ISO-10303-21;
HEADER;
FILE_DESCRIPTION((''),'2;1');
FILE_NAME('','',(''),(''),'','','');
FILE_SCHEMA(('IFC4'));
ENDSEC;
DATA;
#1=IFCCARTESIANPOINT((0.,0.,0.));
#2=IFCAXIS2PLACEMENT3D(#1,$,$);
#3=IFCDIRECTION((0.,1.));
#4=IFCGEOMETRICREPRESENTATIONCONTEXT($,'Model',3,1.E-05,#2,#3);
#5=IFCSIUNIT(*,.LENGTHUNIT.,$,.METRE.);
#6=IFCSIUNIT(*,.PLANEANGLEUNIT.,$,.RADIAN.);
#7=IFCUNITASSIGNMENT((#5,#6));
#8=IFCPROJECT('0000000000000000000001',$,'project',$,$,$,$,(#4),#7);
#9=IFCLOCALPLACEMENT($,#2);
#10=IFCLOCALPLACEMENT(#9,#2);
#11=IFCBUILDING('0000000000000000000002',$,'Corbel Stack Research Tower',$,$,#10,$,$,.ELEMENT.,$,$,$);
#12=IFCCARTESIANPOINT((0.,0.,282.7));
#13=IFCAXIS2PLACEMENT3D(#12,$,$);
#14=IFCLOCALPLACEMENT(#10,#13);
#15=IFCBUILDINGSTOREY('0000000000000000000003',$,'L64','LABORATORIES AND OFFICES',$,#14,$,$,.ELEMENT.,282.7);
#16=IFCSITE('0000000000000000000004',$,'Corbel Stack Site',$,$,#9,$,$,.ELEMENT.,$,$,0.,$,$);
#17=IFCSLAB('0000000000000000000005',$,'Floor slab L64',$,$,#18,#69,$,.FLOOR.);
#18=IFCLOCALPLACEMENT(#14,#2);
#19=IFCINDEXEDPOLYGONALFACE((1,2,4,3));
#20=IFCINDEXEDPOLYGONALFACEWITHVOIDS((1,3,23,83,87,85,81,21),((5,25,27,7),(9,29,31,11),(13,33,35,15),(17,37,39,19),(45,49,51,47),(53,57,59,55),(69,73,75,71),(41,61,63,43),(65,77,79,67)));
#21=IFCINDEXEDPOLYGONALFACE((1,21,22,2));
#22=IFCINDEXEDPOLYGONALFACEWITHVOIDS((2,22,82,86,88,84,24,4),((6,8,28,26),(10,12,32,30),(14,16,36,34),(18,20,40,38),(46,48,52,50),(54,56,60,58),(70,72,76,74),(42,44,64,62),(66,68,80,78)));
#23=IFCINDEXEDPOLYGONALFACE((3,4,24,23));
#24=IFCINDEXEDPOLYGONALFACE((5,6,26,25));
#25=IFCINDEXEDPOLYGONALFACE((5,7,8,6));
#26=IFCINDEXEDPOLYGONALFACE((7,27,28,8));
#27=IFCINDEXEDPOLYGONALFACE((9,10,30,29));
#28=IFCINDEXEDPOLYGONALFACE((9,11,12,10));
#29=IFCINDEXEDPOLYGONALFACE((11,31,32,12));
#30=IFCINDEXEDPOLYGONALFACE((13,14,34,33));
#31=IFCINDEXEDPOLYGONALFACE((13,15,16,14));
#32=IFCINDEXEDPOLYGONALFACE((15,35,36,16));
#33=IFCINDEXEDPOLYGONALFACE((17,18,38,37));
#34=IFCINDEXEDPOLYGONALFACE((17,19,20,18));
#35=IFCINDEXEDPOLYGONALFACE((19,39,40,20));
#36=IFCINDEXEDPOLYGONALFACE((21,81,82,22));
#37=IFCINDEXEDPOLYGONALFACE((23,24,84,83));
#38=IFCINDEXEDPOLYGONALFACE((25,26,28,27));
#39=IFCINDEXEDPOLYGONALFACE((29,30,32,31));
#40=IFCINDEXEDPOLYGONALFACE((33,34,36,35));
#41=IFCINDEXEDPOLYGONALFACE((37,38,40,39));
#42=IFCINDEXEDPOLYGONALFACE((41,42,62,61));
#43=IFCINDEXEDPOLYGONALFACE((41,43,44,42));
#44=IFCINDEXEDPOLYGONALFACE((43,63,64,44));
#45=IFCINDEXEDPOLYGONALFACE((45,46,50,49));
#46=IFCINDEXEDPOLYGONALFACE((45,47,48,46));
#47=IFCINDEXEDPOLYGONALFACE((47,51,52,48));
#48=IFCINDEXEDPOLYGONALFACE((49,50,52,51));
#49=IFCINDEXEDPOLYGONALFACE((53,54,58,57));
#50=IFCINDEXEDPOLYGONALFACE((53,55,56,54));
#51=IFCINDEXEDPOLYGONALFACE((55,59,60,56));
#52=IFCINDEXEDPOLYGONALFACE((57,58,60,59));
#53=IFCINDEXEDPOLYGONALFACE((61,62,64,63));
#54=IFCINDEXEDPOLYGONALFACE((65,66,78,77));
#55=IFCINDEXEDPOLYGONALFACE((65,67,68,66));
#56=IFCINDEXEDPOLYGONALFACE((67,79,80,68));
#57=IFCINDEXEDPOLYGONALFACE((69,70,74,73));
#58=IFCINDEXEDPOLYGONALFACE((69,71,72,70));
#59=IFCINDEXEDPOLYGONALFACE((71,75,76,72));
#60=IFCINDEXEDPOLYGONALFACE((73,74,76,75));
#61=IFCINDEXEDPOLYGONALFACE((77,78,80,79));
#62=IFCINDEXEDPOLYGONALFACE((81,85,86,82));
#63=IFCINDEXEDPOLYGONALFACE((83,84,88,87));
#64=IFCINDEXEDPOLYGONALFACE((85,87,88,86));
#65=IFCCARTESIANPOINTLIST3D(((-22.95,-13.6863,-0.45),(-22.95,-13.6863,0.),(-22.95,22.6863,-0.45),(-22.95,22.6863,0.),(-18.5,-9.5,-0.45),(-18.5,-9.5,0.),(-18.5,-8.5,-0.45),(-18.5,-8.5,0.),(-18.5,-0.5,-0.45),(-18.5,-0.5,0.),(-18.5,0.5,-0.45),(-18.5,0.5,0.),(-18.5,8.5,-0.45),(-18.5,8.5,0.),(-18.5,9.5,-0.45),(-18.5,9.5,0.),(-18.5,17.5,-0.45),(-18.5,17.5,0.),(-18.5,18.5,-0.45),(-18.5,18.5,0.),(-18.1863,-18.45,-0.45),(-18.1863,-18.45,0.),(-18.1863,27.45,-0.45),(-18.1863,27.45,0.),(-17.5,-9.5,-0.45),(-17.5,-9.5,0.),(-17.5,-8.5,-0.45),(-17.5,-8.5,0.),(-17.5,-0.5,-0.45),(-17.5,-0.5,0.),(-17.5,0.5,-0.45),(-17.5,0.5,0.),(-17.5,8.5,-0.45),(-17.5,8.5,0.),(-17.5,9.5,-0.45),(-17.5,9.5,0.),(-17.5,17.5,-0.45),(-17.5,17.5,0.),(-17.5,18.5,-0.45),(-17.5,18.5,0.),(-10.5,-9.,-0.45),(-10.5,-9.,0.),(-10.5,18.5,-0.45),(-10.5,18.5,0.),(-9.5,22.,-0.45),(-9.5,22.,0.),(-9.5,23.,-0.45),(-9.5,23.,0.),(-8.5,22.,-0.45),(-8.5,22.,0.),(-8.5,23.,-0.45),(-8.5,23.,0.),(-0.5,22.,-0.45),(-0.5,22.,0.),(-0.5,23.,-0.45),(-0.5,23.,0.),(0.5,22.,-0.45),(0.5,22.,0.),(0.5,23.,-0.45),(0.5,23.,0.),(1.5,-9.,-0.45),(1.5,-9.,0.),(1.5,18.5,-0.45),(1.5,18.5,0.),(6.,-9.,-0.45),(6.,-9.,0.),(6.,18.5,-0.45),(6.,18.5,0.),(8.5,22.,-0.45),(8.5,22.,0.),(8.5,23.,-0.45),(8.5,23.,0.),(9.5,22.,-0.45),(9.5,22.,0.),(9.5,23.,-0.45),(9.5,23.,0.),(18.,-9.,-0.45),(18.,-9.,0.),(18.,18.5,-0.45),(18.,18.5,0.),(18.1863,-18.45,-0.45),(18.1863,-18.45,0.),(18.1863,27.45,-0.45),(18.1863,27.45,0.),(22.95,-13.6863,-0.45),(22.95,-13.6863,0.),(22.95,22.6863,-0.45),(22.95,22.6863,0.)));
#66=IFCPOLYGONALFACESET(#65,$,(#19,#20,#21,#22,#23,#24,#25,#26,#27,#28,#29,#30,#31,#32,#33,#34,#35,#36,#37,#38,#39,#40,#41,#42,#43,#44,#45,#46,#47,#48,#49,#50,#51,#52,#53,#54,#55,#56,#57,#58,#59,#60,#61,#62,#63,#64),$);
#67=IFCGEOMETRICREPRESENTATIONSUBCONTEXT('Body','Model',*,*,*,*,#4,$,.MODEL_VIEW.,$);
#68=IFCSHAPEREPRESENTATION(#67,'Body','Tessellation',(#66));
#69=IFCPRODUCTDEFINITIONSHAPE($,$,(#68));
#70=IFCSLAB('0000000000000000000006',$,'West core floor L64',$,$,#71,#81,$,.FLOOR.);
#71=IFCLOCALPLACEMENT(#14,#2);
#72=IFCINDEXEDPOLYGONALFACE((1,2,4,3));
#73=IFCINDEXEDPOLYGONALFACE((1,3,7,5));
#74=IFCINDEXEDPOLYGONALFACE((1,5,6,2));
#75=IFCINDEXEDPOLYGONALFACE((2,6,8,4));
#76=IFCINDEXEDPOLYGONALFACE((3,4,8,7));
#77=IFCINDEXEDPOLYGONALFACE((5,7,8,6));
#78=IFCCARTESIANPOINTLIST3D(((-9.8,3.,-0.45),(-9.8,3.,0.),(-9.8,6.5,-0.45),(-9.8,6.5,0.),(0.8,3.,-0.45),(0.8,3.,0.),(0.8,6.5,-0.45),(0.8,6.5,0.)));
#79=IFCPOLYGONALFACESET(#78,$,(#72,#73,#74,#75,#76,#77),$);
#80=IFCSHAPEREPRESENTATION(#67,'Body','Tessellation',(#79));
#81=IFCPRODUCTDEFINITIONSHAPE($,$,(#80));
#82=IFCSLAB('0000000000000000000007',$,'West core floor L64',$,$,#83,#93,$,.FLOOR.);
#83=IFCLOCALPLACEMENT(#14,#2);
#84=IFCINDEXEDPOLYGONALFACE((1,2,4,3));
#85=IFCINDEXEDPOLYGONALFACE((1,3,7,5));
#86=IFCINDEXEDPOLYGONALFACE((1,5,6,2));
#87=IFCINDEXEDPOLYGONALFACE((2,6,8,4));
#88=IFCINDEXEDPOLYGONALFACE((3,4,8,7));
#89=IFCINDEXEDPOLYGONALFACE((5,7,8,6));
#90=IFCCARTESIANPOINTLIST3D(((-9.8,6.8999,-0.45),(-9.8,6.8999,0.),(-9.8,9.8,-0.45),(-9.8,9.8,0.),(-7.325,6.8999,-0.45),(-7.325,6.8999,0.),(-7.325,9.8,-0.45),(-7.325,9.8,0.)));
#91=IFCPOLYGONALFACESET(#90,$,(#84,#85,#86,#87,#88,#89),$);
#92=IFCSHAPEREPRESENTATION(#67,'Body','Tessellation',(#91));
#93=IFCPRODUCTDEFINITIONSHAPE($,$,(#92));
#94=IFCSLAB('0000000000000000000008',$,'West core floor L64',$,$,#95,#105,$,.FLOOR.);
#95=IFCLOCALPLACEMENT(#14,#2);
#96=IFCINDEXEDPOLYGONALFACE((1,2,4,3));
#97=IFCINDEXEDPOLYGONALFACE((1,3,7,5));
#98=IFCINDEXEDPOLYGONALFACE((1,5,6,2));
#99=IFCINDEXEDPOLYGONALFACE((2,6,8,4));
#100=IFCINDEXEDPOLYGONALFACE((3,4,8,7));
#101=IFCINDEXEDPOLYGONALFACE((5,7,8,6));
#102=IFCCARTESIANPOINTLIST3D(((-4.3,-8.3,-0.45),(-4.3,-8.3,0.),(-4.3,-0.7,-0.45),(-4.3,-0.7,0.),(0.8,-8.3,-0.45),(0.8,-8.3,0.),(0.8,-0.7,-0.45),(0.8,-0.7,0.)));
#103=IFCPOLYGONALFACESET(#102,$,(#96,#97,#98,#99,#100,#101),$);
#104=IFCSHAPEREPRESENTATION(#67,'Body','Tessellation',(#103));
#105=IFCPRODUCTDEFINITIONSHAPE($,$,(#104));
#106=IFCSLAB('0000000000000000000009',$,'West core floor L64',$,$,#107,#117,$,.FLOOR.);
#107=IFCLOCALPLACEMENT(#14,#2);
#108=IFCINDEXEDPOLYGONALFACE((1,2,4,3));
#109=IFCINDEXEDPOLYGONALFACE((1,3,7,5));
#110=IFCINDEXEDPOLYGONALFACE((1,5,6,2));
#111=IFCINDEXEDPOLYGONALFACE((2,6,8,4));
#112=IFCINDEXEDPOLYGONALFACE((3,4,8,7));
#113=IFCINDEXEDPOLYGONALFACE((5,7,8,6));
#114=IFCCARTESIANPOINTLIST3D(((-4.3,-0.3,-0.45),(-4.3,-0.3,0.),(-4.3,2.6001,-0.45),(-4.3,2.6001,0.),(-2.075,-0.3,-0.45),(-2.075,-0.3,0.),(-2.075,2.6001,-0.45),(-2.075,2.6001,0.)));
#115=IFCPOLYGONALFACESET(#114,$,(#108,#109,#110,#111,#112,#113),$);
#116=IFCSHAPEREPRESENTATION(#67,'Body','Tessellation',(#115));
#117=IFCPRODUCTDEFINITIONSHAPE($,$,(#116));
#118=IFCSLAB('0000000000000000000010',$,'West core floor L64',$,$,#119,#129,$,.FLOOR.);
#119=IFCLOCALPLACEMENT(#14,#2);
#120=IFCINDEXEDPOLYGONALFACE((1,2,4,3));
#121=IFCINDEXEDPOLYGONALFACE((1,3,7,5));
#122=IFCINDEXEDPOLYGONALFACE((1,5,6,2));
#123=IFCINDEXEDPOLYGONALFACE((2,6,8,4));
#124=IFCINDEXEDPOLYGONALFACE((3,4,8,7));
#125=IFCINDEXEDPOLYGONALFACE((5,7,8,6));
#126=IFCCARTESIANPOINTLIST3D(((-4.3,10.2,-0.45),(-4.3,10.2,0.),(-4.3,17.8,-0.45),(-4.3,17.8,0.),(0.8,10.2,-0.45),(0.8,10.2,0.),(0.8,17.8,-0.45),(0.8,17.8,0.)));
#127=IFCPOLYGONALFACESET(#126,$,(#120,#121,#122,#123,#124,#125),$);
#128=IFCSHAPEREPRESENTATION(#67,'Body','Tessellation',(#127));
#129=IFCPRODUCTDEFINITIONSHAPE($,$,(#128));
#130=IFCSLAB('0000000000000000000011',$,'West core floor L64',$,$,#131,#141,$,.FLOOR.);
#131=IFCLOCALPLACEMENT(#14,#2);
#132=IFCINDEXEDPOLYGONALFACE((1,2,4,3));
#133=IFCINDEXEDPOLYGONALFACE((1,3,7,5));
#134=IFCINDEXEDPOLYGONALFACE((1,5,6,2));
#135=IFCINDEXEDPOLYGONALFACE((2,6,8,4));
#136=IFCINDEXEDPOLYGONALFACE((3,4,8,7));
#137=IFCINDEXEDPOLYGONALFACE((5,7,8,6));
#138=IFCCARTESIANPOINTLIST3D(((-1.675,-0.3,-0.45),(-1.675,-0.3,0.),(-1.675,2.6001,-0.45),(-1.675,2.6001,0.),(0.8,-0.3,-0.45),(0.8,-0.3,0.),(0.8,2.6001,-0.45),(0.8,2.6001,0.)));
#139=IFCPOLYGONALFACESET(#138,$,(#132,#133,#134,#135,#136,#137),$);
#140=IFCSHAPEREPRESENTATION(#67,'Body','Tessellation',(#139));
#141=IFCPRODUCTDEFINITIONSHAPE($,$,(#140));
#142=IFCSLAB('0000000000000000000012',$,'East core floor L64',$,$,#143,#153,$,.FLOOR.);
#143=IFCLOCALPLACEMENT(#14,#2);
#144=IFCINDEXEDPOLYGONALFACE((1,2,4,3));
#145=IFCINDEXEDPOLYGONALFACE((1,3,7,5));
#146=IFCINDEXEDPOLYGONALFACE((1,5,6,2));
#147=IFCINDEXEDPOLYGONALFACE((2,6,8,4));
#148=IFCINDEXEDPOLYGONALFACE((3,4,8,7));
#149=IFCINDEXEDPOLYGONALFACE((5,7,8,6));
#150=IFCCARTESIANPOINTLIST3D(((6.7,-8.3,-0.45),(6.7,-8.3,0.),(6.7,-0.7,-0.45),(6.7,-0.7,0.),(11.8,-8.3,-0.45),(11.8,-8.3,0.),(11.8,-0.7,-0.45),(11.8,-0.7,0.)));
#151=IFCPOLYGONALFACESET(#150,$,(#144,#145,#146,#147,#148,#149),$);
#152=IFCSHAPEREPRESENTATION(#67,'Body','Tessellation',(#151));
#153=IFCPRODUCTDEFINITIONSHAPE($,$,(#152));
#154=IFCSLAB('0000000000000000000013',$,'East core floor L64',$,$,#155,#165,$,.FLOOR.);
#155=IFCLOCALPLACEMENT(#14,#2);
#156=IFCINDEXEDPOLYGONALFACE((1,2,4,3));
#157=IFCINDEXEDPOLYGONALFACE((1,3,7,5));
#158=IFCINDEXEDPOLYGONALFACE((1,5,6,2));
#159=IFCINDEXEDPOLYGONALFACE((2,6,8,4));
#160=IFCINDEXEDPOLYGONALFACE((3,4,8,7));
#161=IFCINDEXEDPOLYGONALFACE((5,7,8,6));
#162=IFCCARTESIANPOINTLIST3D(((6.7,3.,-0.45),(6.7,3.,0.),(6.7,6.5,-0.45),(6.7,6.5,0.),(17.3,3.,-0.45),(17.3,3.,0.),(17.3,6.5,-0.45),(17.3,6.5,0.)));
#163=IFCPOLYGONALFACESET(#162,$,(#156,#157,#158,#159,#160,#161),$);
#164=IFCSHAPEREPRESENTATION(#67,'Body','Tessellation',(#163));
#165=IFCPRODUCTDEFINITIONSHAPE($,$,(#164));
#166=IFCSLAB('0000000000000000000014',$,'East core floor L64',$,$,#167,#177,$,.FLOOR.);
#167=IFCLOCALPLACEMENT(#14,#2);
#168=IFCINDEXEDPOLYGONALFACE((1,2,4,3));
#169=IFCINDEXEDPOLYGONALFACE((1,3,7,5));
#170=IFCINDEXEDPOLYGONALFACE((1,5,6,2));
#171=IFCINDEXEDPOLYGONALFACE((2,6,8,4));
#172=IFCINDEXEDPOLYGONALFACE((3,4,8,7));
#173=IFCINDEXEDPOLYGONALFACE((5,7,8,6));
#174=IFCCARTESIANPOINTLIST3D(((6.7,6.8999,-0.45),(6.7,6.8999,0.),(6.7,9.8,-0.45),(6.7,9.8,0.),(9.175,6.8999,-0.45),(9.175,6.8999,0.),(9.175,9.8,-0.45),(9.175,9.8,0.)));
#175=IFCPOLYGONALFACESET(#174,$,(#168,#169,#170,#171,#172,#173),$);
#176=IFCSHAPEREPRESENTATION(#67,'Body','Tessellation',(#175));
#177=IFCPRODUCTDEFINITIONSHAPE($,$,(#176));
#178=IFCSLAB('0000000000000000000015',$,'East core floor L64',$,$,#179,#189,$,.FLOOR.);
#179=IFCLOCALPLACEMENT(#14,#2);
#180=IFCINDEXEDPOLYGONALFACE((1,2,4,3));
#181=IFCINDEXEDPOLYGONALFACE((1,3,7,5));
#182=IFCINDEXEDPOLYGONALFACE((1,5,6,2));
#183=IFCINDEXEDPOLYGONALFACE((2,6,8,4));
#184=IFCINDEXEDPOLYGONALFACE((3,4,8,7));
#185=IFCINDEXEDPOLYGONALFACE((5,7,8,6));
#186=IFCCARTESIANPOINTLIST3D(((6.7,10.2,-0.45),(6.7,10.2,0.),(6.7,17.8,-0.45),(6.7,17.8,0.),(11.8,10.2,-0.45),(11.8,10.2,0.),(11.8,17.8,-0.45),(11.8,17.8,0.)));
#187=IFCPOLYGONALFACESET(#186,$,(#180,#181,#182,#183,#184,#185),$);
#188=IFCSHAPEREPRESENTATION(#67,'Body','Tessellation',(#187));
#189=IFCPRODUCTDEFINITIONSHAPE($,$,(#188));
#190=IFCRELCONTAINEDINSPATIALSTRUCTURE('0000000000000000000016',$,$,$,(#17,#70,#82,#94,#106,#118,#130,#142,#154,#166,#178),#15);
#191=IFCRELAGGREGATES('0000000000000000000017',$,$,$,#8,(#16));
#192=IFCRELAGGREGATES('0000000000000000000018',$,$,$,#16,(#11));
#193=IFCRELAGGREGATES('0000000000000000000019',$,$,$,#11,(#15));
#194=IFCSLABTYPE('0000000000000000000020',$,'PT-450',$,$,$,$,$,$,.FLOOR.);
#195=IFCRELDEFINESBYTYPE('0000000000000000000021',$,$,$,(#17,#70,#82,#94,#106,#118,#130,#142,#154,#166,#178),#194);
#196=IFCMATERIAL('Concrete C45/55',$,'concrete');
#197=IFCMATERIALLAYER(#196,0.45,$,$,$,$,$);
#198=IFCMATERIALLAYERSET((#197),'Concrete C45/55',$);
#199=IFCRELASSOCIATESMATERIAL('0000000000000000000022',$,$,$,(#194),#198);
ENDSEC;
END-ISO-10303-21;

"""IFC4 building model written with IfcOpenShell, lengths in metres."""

from ifc_helpers import new_model, si_unit, direction, frame, origin, place, context, subcontext, project, spatial, polyline, outline, extrude, material, layer, layer_set, type_object, element, save


model = new_model("IFC4")

# Units and contexts
model_context = context("Model", 3, precision=1e-05, world=origin(), true_north=direction((0.0, 1.0)))
body_context = subcontext(model_context, "Body", "Model", "MODEL_VIEW")
ifc_project = project(units=[si_unit("LENGTHUNIT", "METRE"), si_unit("PLANEANGLEUNIT", "RADIAN")], contexts=[model_context])

# Site, building, storey
site_placement = place(None, origin())
site = spatial("IfcSite", under=ifc_project, at=site_placement, Name="Corbel Stack Site", CompositionType="ELEMENT", RefElevation=0.0)
building_placement = place(site_placement, origin())
building = spatial("IfcBuilding", under=site, at=building_placement, Name="Corbel Stack Research Tower", CompositionType="ELEMENT")
storey_placement = place(building_placement, frame((0.0, 0.0, 282.7)))
storey = spatial("IfcBuildingStorey", under=building, at=storey_placement, Name="L64", Description="LABORATORIES AND OFFICES", CompositionType="ELEMENT", Elevation=282.7)

# Slabs
ifc_material_1 = material(Name="Concrete C45/55", Category="concrete")
ifc_layer_1 = layer(ifc_material_1, 0.45)
ifc_layer_set_1 = layer_set([ifc_layer_1], Name="Concrete C45/55")
slab_type = type_object("IfcSlabType", Name="PT-450", PredefinedType="FLOOR", material=ifc_layer_set_1)
slab_1_placement = place(storey_placement, frame((0.0, 0.0, -0.45)))
element("IfcSlab", 1, at=slab_1_placement, inside=storey, type_object=slab_type, Name="Floor slab L64", PredefinedType="FLOOR", context=body_context, shape_type="SweptSolid", body=[
    extrude(outline(polyline([(-18.1863, -18.45), (18.1863, -18.45), (22.95, -13.6863), (22.95, 22.6863), (18.1863, 27.45), (-18.1863, 27.45), (-22.95, 22.6863), (-22.95, -13.6863), (-18.1863, -18.45)]), holes=[polyline([(18.0, 18.5), (18.0, -9.0), (6.0, -9.0), (6.0, 18.5), (18.0, 18.5)]), polyline([(9.5, 22.0), (8.5, 22.0), (8.5, 23.0), (9.5, 23.0), (9.5, 22.0)]), polyline([(1.5, 18.5), (1.5, -9.0), (-10.5, -9.0), (-10.5, 18.5), (1.5, 18.5)]), polyline([(0.5, 22.0), (-0.5, 22.0), (-0.5, 23.0), (0.5, 23.0), (0.5, 22.0)]), polyline([(-8.5, 23.0), (-8.5, 22.0), (-9.5, 22.0), (-9.5, 23.0), (-8.5, 23.0)]), polyline([(-17.5, -8.5), (-17.5, -9.5), (-18.5, -9.5), (-18.5, -8.5), (-17.5, -8.5)]), polyline([(-17.5, 0.5), (-17.5, -0.5), (-18.5, -0.5), (-18.5, 0.5), (-17.5, 0.5)]), polyline([(-17.5, 9.5), (-17.5, 8.5), (-18.5, 8.5), (-18.5, 9.5), (-17.5, 9.5)]), polyline([(-17.5, 18.5), (-17.5, 17.5), (-18.5, 17.5), (-18.5, 18.5), (-17.5, 18.5)])]), origin(), (0.0, 0.0, 1.0), 0.45),
])
slab_2_placement = place(storey_placement, frame((0.0, 0.0, -0.45)))
element("IfcSlab", 2, at=slab_2_placement, inside=storey, type_object=slab_type, Name="West core floor L64", PredefinedType="FLOOR", context=body_context, shape_type="SweptSolid", body=[
    extrude(outline(polyline([(-9.8, 6.5), (-9.8, 3.0), (0.8, 3.0), (0.8, 6.5), (-9.8, 6.5)])), origin(), (0.0, 0.0, 1.0), 0.45),
])
slab_3_placement = place(storey_placement, frame((0.0, 0.0, -0.45)))
element("IfcSlab", 3, at=slab_3_placement, inside=storey, type_object=slab_type, Name="West core floor L64", PredefinedType="FLOOR", context=body_context, shape_type="SweptSolid", body=[
    extrude(outline(polyline([(-9.8, 6.8999), (-7.325, 6.8999), (-7.325, 9.8), (-9.8, 9.8), (-9.8, 6.8999)])), origin(), (0.0, 0.0, 1.0), 0.45),
])
slab_4_placement = place(storey_placement, frame((0.0, 0.0, -0.45)))
element("IfcSlab", 4, at=slab_4_placement, inside=storey, type_object=slab_type, Name="West core floor L64", PredefinedType="FLOOR", context=body_context, shape_type="SweptSolid", body=[
    extrude(outline(polyline([(-4.3, -0.7), (-4.3, -8.3), (0.8, -8.3), (0.8, -0.7), (-4.3, -0.7)])), origin(), (0.0, 0.0, 1.0), 0.45),
])
slab_5_placement = place(storey_placement, frame((0.0, 0.0, -0.45)))
element("IfcSlab", 5, at=slab_5_placement, inside=storey, type_object=slab_type, Name="West core floor L64", PredefinedType="FLOOR", context=body_context, shape_type="SweptSolid", body=[
    extrude(outline(polyline([(-4.3, 2.6001), (-4.3, -0.3), (-2.075, -0.3), (-2.075, 2.6001), (-4.3, 2.6001)])), origin(), (0.0, 0.0, 1.0), 0.45),
])
slab_6_placement = place(storey_placement, frame((0.0, 0.0, -0.45)))
element("IfcSlab", 6, at=slab_6_placement, inside=storey, type_object=slab_type, Name="West core floor L64", PredefinedType="FLOOR", context=body_context, shape_type="SweptSolid", body=[
    extrude(outline(polyline([(-4.3, 17.8), (-4.3, 10.2), (0.8, 10.2), (0.8, 17.8), (-4.3, 17.8)])), origin(), (0.0, 0.0, 1.0), 0.45),
])
slab_7_placement = place(storey_placement, frame((0.0, 0.0, -0.45)))
element("IfcSlab", 7, at=slab_7_placement, inside=storey, type_object=slab_type, Name="West core floor L64", PredefinedType="FLOOR", context=body_context, shape_type="SweptSolid", body=[
    extrude(outline(polyline([(-1.675, 2.6001), (-1.675, -0.3), (0.8, -0.3), (0.8, 2.6001), (-1.675, 2.6001)])), origin(), (0.0, 0.0, 1.0), 0.45),
])
slab_8_placement = place(storey_placement, frame((0.0, 0.0, -0.45)))
element("IfcSlab", 8, at=slab_8_placement, inside=storey, type_object=slab_type, Name="East core floor L64", PredefinedType="FLOOR", context=body_context, shape_type="SweptSolid", body=[
    extrude(outline(polyline([(6.7, -8.3), (11.8, -8.3), (11.8, -0.7), (6.7, -0.7), (6.7, -8.3)])), origin(), (0.0, 0.0, 1.0), 0.45),
])
slab_9_placement = place(storey_placement, frame((0.0, 0.0, -0.45)))
element("IfcSlab", 9, at=slab_9_placement, inside=storey, type_object=slab_type, Name="East core floor L64", PredefinedType="FLOOR", context=body_context, shape_type="SweptSolid", body=[
    extrude(outline(polyline([(6.7, 3.0), (17.3, 3.0), (17.3, 6.5), (6.7, 6.5), (6.7, 3.0)])), origin(), (0.0, 0.0, 1.0), 0.45),
])
slab_10_placement = place(storey_placement, frame((0.0, 0.0, -0.45)))
element("IfcSlab", 10, at=slab_10_placement, inside=storey, type_object=slab_type, Name="East core floor L64", PredefinedType="FLOOR", context=body_context, shape_type="SweptSolid", body=[
    extrude(outline(polyline([(6.7, 6.8999), (9.175, 6.8999), (9.175, 9.8), (6.7, 9.8), (6.7, 6.8999)])), origin(), (0.0, 0.0, 1.0), 0.45),
])
slab_11_placement = place(storey_placement, frame((0.0, 0.0, -0.45)))
element("IfcSlab", 11, at=slab_11_placement, inside=storey, type_object=slab_type, Name="East core floor L64", PredefinedType="FLOOR", context=body_context, shape_type="SweptSolid", body=[
    extrude(outline(polyline([(6.7, 10.2), (11.8, 10.2), (11.8, 17.8), (6.7, 17.8), (6.7, 10.2)])), origin(), (0.0, 0.0, 1.0), 0.45),
])

save(model, "model.ifc")
